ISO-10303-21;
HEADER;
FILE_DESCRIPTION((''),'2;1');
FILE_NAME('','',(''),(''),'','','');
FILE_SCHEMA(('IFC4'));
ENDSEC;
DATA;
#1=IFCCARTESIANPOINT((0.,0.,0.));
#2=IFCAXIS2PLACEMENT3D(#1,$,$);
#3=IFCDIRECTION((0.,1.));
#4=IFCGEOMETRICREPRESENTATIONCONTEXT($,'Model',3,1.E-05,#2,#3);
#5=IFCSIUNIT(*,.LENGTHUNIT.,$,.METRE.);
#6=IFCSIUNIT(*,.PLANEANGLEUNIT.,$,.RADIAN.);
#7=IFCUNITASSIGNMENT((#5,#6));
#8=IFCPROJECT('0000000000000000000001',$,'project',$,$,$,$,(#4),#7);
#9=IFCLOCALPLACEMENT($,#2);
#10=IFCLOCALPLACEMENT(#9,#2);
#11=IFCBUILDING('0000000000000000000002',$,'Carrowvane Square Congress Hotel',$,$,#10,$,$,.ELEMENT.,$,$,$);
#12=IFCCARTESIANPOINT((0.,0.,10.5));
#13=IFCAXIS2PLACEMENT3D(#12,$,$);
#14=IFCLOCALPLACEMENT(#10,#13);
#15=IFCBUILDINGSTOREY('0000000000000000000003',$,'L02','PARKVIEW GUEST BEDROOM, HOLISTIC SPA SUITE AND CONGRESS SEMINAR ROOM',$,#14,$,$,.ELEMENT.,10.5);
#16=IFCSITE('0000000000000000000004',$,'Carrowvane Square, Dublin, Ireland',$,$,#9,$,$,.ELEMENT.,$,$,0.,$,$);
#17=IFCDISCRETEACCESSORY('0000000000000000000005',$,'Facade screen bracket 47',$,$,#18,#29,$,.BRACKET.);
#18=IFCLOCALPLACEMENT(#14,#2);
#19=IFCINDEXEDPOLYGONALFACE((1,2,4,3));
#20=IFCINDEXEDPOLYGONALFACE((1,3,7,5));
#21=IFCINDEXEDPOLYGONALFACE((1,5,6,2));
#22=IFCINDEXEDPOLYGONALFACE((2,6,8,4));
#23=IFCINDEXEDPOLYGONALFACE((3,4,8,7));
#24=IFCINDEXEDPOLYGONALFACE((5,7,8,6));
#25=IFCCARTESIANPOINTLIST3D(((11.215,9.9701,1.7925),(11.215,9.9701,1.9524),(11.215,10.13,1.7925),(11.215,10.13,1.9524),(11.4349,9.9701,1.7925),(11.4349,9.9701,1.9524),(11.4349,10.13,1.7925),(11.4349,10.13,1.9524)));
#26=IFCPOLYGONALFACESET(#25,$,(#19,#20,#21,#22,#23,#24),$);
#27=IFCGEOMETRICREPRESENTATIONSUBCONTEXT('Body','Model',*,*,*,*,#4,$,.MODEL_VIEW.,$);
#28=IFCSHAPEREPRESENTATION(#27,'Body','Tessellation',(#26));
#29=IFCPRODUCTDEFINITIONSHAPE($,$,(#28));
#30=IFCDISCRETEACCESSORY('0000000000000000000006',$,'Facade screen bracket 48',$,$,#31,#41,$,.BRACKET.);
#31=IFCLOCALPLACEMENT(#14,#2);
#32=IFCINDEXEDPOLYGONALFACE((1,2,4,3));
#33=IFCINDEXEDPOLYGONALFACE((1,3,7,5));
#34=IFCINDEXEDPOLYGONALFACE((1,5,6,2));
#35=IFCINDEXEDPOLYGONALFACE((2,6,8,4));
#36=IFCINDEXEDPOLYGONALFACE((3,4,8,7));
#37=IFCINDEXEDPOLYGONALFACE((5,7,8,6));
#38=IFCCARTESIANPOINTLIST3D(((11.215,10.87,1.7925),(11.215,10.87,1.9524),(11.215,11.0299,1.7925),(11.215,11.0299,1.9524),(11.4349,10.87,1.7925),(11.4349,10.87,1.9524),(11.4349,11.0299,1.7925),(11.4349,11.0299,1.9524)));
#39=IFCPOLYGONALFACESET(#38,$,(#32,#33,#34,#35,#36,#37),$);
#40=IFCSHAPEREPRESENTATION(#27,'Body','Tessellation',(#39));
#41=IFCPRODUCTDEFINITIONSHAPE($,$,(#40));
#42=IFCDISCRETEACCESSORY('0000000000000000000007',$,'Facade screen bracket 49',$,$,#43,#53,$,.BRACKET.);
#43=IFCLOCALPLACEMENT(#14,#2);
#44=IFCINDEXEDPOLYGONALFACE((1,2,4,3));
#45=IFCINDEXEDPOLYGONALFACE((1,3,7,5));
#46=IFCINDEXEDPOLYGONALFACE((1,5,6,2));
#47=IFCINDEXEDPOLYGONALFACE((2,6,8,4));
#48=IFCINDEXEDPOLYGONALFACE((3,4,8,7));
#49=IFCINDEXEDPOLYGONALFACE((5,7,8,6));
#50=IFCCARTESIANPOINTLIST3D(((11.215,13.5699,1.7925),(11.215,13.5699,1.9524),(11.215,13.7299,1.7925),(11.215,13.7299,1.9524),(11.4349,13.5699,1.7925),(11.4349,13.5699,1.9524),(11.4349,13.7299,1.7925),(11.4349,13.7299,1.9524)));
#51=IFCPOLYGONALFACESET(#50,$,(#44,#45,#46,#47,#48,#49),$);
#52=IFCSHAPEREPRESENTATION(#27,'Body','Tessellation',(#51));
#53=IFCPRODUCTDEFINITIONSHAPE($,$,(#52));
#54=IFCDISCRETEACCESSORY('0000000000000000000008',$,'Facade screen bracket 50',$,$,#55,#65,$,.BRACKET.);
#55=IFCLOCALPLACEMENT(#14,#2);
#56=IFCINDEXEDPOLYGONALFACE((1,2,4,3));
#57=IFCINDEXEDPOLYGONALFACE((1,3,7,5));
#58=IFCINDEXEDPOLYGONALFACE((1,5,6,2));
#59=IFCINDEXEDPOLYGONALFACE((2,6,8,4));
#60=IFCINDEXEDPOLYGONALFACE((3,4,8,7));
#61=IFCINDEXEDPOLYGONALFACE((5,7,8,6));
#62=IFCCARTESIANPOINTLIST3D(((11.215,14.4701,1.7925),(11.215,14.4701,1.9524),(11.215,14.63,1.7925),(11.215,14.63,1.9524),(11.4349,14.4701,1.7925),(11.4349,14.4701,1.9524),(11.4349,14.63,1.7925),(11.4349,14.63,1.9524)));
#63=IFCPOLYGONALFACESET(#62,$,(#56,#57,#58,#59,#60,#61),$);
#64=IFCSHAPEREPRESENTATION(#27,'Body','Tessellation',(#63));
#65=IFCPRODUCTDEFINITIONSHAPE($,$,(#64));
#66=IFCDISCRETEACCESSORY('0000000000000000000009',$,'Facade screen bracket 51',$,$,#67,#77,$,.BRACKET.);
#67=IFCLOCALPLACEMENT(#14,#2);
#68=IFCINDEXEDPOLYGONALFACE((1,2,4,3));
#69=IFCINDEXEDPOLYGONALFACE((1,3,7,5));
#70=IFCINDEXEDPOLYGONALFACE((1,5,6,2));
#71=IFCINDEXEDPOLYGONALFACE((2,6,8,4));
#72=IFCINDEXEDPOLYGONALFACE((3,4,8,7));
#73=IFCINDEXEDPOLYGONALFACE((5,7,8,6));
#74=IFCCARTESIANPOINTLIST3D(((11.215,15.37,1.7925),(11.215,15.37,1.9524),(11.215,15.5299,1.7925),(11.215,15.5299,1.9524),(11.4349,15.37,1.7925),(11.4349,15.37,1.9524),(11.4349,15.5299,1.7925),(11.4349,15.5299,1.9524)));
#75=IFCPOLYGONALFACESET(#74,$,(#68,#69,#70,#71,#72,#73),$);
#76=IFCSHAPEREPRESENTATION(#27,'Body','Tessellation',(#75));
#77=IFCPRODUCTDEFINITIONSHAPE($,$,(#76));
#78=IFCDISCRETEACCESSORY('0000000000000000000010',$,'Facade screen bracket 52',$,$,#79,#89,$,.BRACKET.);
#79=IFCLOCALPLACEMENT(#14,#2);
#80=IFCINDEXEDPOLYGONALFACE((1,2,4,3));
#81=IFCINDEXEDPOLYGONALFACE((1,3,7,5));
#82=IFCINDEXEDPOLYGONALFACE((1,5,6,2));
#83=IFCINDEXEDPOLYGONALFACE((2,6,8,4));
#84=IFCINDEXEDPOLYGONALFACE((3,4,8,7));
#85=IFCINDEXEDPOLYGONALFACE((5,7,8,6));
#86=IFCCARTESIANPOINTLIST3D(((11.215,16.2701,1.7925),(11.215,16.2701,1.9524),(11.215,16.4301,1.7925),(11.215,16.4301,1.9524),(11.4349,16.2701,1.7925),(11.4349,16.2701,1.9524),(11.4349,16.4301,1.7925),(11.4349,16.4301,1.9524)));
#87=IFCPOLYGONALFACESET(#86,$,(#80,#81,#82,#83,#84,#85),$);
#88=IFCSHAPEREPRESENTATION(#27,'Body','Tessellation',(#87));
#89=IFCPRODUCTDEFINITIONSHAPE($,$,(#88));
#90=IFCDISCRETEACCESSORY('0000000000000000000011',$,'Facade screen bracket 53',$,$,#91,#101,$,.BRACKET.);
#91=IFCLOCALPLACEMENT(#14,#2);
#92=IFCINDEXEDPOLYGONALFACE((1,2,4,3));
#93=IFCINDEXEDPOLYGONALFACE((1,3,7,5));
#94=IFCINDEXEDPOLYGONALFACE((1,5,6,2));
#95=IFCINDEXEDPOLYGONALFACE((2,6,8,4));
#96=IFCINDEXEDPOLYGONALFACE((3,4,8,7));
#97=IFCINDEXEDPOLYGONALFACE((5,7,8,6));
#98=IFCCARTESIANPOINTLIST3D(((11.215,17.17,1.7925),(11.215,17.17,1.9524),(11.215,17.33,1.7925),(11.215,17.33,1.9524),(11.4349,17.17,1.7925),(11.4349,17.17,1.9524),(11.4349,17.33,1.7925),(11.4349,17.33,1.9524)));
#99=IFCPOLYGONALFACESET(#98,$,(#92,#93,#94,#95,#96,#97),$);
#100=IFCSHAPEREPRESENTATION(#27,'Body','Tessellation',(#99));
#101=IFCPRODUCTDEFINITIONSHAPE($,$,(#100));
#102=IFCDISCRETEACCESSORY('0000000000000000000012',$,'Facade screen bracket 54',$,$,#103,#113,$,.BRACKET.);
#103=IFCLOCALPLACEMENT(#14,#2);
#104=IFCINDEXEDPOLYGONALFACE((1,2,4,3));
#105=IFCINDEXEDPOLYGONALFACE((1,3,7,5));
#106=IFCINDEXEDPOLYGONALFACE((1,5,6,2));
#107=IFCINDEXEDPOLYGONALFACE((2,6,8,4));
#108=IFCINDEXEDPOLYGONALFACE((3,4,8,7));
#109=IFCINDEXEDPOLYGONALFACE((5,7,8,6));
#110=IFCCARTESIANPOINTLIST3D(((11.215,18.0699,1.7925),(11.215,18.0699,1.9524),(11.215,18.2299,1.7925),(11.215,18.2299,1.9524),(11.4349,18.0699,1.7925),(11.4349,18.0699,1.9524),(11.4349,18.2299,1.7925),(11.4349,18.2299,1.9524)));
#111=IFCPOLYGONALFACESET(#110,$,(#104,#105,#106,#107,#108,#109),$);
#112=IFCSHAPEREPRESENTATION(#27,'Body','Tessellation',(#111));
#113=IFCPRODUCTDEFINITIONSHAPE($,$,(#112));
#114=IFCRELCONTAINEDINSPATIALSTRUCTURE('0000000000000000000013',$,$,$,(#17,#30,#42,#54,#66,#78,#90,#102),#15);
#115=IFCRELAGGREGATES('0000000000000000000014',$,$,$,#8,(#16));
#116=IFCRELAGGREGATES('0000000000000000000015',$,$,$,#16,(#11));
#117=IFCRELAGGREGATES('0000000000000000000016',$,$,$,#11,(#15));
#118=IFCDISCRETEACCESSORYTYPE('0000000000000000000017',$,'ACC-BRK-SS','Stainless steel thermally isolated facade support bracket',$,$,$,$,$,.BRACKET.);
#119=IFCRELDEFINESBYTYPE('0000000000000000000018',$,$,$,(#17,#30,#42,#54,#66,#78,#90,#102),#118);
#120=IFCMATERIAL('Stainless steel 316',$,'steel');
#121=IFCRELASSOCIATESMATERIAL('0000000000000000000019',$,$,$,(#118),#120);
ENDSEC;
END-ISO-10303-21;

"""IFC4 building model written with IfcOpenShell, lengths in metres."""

from ifc_helpers import new_model, si_unit, direction, frame, origin, origin_2d, place, context, subcontext, project, spatial, rectangle, extrude, material, type_object, element, save


model = new_model("IFC4")

# Units and contexts
model_context = context("Model", 3, precision=1e-05, world=origin(), true_north=direction((0.0, 1.0)))
body_context = subcontext(model_context, "Body", "Model", "MODEL_VIEW")
ifc_project = project(units=[si_unit("LENGTHUNIT", "METRE"), si_unit("PLANEANGLEUNIT", "RADIAN")], contexts=[model_context])

# Site, building, storey
site_placement = place(None, origin())
site = spatial("IfcSite", under=ifc_project, at=site_placement, Name="Carrowvane Square, Dublin, Ireland", CompositionType="ELEMENT", RefElevation=0.0)
building_placement = place(site_placement, origin())
building = spatial("IfcBuilding", under=site, at=building_placement, Name="Carrowvane Square Congress Hotel", CompositionType="ELEMENT")
storey_placement = place(building_placement, frame((0.0, 0.0, 10.5)))
storey = spatial("IfcBuildingStorey", under=building, at=storey_placement, Name="L02", Description="PARKVIEW GUEST BEDROOM, HOLISTIC SPA SUITE AND CONGRESS SEMINAR ROOM", CompositionType="ELEMENT", Elevation=10.5)

# Discrete accessories
ifc_material_1 = material(Name="Stainless steel 316", Category="steel")
discrete_accessory_type = type_object("IfcDiscreteAccessoryType", Name="ACC-BRK-SS", Description="Stainless steel thermally isolated facade support bracket", PredefinedType="BRACKET", material=ifc_material_1)
for number, where, z_axis, x_axis, name in (
    (1, (11.325, 10.05, 1.7925), (0.0, 0.0, 1.0), (0.0, 1.0, 0.0), "Facade screen bracket 47"),
    (2, (11.325, 10.95, 1.7925), (0.0, 0.0, 1.0), (0.0, 1.0, 0.0), "Facade screen bracket 48"),
    (3, (11.325, 13.6499, 1.7925), (0.0, 0.0, 1.0), (0.0, 1.0, 0.0), "Facade screen bracket 49"),
    (4, (11.325, 14.55, 1.7925), (0.0, 0.0, 1.0), (0.0, 1.0, 0.0), "Facade screen bracket 50"),
    (5, (11.325, 15.45, 1.7925), (0.0, 0.0, 1.0), (0.0, 1.0, 0.0), "Facade screen bracket 51"),
    (6, (11.325, 16.3501, 1.7925), (0.0, 0.0, 1.0), (0.0, 1.0, 0.0), "Facade screen bracket 52"),
    (7, (11.325, 17.25, 1.7925), (0.0, 0.0, 1.0), (0.0, 1.0, 0.0), "Facade screen bracket 53"),
    (8, (11.325, 18.1499, 1.7925), (0.0, 0.0, 1.0), (0.0, 1.0, 0.0), "Facade screen bracket 54"),
):
    element("IfcDiscreteAccessory", number, at=place(storey_placement, frame(where, z_axis=z_axis, x_axis=x_axis)), inside=storey, type_object=discrete_accessory_type, Name=name, PredefinedType="BRACKET", context=body_context, shape_type="SweptSolid", body=[
        extrude(rectangle(XDim=0.1599, YDim=0.22, at=origin_2d()), origin(), (0.0, 0.0, 1.0), 0.1599),
    ])

save(model, "model.ifc")
